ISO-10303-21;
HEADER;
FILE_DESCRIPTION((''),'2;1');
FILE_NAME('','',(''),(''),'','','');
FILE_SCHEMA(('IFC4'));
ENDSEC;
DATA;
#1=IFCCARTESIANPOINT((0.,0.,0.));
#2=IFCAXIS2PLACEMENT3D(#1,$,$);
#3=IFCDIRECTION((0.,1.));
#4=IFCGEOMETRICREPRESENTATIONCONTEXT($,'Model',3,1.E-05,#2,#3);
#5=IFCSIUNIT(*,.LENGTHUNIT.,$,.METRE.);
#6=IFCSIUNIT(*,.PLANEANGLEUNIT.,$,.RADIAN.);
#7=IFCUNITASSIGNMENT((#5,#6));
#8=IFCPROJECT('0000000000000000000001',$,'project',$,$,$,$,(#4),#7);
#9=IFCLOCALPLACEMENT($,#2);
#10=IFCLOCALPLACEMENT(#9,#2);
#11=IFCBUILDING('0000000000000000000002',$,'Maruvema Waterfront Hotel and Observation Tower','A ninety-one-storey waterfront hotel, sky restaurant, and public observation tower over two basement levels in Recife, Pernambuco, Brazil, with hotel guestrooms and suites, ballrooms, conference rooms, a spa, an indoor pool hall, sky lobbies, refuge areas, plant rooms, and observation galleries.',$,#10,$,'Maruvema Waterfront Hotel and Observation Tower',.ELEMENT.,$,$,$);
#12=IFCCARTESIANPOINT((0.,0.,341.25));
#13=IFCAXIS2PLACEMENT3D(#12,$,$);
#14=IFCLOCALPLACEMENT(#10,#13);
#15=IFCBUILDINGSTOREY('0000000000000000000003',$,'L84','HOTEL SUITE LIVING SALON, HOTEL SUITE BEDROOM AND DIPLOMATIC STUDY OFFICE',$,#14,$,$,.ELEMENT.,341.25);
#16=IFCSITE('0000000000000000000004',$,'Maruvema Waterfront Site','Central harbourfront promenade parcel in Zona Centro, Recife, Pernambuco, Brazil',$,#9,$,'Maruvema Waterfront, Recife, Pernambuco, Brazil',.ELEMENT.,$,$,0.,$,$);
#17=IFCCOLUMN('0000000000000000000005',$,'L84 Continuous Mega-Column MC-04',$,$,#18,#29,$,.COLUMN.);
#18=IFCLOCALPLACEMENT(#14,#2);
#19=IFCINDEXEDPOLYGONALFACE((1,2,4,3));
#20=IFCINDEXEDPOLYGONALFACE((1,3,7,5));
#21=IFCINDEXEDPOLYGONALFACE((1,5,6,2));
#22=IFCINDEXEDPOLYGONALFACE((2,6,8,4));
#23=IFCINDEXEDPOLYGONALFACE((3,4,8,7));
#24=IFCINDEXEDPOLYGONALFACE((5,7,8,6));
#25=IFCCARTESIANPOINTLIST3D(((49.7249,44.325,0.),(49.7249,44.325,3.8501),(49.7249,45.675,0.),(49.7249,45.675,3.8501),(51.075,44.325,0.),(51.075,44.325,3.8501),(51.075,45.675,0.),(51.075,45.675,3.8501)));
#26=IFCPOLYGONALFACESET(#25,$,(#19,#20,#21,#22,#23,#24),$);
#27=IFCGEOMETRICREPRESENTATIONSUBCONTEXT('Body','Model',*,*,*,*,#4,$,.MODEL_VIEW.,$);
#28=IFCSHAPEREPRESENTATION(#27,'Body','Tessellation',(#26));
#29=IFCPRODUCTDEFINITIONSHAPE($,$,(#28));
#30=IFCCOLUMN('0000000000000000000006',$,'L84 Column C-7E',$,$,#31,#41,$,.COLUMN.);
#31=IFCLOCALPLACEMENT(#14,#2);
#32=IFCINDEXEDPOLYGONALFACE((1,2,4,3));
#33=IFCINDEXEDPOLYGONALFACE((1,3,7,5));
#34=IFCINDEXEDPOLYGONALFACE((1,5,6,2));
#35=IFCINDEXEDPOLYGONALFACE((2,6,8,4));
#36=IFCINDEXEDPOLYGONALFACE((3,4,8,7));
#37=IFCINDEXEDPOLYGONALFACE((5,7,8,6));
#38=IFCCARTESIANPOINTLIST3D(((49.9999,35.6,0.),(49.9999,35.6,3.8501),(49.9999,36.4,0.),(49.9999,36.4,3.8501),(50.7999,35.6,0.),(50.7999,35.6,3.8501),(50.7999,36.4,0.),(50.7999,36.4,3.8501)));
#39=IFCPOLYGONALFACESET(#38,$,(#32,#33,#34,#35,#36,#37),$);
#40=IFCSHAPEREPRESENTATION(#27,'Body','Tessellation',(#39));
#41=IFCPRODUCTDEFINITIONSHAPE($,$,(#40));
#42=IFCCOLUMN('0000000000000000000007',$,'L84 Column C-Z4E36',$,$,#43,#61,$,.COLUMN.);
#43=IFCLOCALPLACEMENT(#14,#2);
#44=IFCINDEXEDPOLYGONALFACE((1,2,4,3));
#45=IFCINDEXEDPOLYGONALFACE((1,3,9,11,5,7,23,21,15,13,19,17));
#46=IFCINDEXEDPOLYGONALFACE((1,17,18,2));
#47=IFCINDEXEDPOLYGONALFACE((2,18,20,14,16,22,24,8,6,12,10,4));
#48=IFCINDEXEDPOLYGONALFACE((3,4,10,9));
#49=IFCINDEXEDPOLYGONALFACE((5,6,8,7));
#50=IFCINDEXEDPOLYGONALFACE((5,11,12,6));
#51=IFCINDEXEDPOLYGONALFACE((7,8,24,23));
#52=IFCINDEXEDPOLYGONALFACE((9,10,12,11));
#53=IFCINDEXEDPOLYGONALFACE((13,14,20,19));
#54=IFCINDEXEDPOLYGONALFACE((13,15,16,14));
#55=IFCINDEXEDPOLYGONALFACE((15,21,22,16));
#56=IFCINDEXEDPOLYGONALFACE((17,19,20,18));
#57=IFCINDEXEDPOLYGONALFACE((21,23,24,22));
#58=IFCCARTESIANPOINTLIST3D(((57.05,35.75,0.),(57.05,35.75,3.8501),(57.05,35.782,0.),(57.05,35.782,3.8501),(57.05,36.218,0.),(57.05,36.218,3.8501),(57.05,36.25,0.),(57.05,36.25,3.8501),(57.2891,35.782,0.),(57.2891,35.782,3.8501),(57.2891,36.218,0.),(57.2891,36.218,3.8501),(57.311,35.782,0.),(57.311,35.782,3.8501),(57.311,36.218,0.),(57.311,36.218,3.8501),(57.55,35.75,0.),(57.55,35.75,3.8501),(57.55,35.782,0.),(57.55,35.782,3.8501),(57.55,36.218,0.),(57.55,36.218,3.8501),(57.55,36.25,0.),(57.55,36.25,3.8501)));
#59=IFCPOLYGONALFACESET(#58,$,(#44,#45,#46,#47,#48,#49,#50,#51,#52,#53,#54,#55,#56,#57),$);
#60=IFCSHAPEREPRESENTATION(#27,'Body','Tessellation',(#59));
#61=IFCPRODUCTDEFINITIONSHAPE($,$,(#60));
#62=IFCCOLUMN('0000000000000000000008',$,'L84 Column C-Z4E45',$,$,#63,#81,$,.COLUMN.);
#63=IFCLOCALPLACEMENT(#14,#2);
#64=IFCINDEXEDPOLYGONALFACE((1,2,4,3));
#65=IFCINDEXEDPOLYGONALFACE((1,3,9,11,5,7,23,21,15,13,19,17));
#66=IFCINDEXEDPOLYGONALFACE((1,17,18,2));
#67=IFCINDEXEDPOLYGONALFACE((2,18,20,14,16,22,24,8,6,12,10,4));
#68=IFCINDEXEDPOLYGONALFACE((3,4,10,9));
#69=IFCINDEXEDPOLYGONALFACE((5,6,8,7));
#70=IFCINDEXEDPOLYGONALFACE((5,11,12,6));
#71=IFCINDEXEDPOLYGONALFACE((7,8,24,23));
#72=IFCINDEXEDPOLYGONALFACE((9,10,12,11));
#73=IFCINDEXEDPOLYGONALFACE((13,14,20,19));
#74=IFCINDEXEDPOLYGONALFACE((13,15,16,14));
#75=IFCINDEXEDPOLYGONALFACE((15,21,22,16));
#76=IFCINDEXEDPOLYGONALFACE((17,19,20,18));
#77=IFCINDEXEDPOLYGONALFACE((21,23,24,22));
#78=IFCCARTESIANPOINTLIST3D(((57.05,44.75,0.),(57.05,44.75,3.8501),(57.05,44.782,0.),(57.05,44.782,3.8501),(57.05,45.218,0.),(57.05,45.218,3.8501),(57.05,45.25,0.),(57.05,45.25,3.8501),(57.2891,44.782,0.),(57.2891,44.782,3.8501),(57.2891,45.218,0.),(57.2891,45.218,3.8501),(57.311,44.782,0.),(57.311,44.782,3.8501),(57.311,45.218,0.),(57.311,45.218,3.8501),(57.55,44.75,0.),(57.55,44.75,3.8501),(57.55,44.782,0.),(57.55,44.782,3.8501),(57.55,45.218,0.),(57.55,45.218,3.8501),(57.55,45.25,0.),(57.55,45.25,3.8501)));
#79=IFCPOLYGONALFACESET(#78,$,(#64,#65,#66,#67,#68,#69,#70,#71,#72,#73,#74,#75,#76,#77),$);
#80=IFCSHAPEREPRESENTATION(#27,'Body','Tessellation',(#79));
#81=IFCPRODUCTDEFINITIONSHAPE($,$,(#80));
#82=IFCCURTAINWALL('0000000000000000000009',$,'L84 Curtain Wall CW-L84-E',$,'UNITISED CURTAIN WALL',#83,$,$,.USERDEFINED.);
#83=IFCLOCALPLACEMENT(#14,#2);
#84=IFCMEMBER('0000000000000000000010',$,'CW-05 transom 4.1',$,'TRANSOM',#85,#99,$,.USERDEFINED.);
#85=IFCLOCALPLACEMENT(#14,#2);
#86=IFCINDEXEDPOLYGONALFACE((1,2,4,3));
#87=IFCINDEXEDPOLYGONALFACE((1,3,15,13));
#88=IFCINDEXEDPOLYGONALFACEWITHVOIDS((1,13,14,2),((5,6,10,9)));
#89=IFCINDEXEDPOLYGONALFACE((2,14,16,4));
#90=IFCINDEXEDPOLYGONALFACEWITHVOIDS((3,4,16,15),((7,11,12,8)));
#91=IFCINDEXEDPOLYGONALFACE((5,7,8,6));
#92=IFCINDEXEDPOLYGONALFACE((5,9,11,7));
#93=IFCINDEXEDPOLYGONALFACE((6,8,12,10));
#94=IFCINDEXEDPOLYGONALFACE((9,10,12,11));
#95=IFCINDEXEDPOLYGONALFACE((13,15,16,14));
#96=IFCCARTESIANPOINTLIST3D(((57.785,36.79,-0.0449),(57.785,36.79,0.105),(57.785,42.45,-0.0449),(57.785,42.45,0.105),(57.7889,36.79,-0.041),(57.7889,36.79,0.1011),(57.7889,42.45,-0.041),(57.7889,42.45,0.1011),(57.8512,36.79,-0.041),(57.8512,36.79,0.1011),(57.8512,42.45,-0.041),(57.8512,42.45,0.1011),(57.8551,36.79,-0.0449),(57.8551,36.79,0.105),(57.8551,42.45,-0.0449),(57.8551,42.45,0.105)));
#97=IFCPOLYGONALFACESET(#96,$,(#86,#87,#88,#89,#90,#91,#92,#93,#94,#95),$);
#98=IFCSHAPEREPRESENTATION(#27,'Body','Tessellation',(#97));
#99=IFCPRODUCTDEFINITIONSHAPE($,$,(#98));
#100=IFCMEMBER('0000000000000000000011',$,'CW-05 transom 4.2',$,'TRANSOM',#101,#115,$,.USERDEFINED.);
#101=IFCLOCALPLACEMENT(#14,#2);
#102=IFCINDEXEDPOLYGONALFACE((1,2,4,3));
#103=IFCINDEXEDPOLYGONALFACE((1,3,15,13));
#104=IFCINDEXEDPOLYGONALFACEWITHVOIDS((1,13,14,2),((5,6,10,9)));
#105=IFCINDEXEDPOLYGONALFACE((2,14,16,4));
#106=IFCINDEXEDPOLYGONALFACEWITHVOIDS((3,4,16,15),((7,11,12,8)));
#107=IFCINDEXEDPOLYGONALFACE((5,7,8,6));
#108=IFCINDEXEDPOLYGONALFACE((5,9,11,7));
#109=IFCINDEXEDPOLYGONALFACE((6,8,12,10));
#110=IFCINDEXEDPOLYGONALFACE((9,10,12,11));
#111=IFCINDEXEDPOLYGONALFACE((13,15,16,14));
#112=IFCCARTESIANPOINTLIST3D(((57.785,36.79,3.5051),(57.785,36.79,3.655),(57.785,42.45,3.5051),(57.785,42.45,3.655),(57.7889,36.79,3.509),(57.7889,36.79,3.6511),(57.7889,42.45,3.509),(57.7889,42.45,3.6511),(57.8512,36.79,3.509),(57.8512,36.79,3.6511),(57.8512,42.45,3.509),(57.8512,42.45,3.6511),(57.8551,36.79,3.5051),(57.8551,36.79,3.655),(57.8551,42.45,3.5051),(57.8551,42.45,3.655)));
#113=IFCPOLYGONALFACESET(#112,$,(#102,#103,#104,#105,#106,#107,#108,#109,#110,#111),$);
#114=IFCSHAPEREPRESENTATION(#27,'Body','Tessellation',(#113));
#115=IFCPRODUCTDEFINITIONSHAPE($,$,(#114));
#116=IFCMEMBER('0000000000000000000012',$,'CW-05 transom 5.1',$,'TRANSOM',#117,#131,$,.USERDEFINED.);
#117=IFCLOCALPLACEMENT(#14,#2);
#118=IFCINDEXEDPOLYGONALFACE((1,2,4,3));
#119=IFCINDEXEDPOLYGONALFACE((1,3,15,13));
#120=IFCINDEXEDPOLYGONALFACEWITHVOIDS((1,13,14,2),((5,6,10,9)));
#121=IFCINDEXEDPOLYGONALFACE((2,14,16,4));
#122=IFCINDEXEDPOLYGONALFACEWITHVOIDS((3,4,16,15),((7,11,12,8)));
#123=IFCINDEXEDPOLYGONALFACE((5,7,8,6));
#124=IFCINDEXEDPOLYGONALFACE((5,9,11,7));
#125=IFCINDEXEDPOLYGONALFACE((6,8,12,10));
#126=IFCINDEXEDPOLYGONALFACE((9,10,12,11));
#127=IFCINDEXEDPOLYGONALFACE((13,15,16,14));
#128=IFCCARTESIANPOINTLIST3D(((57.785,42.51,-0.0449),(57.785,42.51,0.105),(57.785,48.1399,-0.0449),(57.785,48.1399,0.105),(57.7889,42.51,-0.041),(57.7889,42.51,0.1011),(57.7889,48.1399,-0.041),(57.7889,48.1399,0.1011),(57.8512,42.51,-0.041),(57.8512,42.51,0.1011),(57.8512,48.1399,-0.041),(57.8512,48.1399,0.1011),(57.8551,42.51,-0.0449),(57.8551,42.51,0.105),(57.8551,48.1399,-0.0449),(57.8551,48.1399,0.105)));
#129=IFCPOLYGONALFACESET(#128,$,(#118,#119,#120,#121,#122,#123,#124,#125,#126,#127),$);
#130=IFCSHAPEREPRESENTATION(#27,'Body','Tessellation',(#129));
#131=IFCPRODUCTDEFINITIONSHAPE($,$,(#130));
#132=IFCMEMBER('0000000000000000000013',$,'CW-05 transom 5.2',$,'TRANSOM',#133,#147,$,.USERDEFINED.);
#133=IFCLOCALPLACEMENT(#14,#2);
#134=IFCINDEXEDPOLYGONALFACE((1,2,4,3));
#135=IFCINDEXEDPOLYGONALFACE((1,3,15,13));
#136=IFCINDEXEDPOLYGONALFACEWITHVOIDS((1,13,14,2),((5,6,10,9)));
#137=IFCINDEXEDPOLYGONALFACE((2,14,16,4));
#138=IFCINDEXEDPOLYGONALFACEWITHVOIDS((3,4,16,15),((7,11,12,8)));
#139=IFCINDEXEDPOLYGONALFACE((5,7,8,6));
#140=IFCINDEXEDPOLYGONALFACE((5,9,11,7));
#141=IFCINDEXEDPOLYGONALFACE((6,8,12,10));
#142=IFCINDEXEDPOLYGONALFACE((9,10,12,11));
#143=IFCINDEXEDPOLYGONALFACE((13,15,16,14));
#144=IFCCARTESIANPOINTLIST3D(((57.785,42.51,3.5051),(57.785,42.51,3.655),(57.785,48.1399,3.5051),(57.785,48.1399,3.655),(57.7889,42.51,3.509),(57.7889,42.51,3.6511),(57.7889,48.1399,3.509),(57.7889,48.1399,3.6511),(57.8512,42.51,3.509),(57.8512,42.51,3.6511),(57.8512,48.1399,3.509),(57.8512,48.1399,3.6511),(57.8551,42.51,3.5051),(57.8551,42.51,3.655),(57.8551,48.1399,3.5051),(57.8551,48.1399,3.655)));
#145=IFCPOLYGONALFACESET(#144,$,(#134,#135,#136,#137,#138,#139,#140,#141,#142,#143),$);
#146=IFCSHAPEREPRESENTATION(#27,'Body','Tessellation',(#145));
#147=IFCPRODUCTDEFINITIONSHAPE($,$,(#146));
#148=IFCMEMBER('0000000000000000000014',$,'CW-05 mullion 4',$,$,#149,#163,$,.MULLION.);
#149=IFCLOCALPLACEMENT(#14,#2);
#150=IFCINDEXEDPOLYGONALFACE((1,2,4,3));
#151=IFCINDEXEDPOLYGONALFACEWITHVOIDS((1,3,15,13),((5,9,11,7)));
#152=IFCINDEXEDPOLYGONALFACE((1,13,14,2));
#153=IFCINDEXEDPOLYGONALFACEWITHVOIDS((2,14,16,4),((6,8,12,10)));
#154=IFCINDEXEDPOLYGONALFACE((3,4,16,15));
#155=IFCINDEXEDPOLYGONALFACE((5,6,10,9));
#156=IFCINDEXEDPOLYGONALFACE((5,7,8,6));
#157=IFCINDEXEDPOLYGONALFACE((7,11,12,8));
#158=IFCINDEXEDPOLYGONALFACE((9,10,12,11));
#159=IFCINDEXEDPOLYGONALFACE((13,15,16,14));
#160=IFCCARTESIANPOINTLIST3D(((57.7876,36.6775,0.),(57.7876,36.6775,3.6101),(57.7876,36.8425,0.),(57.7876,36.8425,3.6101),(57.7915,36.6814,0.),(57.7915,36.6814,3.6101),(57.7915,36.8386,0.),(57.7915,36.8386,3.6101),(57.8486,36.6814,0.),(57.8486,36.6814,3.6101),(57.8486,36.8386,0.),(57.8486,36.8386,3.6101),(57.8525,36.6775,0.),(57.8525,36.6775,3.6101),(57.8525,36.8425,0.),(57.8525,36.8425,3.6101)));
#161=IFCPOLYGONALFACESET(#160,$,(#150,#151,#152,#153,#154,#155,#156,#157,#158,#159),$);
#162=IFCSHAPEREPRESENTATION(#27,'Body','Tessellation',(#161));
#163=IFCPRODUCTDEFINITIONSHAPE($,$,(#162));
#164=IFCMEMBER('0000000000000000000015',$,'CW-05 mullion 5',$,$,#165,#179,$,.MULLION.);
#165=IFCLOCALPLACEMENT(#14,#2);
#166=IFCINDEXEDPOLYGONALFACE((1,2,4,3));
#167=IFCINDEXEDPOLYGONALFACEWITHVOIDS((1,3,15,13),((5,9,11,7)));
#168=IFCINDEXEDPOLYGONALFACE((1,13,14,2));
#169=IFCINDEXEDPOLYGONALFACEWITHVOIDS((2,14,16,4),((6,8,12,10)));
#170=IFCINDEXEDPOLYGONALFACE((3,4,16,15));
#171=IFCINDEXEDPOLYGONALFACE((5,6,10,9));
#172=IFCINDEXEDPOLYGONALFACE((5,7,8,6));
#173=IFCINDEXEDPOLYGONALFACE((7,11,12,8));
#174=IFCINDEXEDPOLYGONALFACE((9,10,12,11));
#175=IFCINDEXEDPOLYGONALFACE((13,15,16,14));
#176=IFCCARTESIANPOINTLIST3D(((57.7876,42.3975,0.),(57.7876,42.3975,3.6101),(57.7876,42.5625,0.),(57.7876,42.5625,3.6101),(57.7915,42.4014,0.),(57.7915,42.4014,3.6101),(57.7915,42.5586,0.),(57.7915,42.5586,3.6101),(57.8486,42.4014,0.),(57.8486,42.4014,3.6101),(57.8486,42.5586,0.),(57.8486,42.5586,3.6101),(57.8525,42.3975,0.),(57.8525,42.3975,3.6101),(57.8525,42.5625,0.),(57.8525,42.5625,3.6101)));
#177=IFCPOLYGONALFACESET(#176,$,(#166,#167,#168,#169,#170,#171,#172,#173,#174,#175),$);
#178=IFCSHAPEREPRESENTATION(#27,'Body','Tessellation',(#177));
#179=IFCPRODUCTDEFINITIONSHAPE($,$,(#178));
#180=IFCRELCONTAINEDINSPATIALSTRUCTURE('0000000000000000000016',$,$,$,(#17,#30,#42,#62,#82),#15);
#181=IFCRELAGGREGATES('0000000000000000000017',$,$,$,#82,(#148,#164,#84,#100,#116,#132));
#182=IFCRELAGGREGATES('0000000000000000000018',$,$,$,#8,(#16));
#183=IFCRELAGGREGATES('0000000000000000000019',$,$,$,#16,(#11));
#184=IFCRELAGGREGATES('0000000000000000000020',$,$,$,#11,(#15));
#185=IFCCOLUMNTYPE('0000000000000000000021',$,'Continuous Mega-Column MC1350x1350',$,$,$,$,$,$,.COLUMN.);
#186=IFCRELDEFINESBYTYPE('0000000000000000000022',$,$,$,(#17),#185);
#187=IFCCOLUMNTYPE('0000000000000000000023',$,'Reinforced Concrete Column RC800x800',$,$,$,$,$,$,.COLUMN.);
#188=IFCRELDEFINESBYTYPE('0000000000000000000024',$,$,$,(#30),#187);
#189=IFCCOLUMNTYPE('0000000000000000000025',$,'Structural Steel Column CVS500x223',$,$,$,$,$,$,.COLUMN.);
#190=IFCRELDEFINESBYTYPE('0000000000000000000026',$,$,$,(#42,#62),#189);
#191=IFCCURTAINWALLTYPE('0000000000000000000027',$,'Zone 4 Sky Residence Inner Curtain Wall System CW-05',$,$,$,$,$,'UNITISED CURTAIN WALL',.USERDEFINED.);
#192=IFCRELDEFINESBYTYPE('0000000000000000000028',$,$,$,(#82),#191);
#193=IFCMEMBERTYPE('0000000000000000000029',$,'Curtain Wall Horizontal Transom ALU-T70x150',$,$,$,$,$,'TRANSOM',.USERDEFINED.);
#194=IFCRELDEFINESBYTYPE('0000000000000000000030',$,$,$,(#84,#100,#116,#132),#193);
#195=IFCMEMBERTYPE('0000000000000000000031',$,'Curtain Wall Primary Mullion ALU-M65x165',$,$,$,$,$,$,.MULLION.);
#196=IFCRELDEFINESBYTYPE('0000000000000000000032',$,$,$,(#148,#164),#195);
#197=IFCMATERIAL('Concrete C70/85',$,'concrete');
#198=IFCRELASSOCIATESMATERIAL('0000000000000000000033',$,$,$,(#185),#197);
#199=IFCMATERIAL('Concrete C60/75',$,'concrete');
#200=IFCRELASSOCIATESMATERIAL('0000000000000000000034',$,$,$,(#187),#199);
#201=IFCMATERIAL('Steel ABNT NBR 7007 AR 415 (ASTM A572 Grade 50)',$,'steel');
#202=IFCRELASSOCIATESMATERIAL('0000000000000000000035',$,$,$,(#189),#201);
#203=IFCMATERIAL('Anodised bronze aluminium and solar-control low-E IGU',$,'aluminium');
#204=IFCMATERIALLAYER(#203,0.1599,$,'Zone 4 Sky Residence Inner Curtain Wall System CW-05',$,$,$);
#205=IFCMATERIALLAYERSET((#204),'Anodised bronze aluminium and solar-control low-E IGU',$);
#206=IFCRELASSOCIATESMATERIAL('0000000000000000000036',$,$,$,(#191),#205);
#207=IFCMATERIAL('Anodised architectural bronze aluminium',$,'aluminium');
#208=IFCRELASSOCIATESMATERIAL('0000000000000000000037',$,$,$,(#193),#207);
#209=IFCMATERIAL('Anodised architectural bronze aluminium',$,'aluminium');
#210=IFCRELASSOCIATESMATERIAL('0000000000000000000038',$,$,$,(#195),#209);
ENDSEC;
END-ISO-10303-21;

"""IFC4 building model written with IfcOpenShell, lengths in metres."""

from ifc_helpers import new_model, si_unit, direction, frame, origin, origin_2d, place, context, subcontext, project, spatial, rectangle, hollow_rectangle, i_section, extrude, material, layer, layer_set, material_profile, profile_set, type_object, element, aggregate, save


model = new_model("IFC4")

# Units and contexts
model_context = context("Model", 3, precision=1e-05, world=origin(), true_north=direction((0.0, 1.0)))
body_context = subcontext(model_context, "Body", "Model", "MODEL_VIEW")
ifc_project = project(units=[si_unit("LENGTHUNIT", "METRE"), si_unit("PLANEANGLEUNIT", "RADIAN")], contexts=[model_context])

# Site, building, storey
site_placement = place(None, origin())
site = spatial("IfcSite", under=ifc_project, at=site_placement, Name="Maruvema Waterfront Site", Description="Central harbourfront promenade parcel in Zona Centro, Recife, Pernambuco, Brazil", LongName="Maruvema Waterfront, Recife, Pernambuco, Brazil", CompositionType="ELEMENT", RefElevation=0.0)
building_placement = place(site_placement, origin())
building = spatial("IfcBuilding", under=site, at=building_placement, Name="Maruvema Waterfront Hotel and Observation Tower", Description="A ninety-one-storey waterfront hotel, sky restaurant, and public observation tower over two basement levels in Recife, Pernambuco, Brazil, with hotel guestrooms and suites, ballrooms, conference rooms, a spa, an indoor pool hall, sky lobbies, refuge areas, plant rooms, and observation galleries.", LongName="Maruvema Waterfront Hotel and Observation Tower", CompositionType="ELEMENT")
storey_placement = place(building_placement, frame((0.0, 0.0, 341.25)))
storey = spatial("IfcBuildingStorey", under=building, at=storey_placement, Name="L84", Description="HOTEL SUITE LIVING SALON, HOTEL SUITE BEDROOM AND DIPLOMATIC STUDY OFFICE", CompositionType="ELEMENT", Elevation=341.25)

# Columns
ifc_material_1 = material(Name="Concrete C70/85", Category="concrete")
ifc_material_profile_1 = material_profile(ifc_material_1, rectangle(XDim=1.3501, YDim=1.3501, at=origin_2d()), Name="MC1350x1350")
ifc_profile_set_1 = profile_set([ifc_material_profile_1], Name="Concrete C70/85")
column_type_1 = type_object("IfcColumnType", Name="Continuous Mega-Column MC1350x1350", PredefinedType="COLUMN", material=ifc_profile_set_1)
column_1_placement = place(storey_placement, frame((50.3999, 45.0, 0.0), z_axis=(0.0, 0.0, 1.0), x_axis=(1.0, 0.0, 0.0)))
element("IfcColumn", 1, at=column_1_placement, inside=storey, type_object=column_type_1, Name="L84 Continuous Mega-Column MC-04", PredefinedType="COLUMN", context=body_context, shape_type="SweptSolid", body=[
    extrude(rectangle(XDim=1.3501, YDim=1.3501, at=origin_2d()), origin(), (0.0, 0.0, 1.0), 3.8501),
])
ifc_material_2 = material(Name="Concrete C60/75", Category="concrete")
ifc_material_profile_2 = material_profile(ifc_material_2, rectangle(XDim=0.8, YDim=0.8, at=origin_2d()), Name="RC800x800")
ifc_profile_set_2 = profile_set([ifc_material_profile_2], Name="Concrete C60/75")
column_type_2 = type_object("IfcColumnType", Name="Reinforced Concrete Column RC800x800", PredefinedType="COLUMN", material=ifc_profile_set_2)
column_2_placement = place(storey_placement, frame((50.3999, 36.0, 0.0), z_axis=(0.0, 0.0, 1.0), x_axis=(1.0, 0.0, 0.0)))
element("IfcColumn", 2, at=column_2_placement, inside=storey, type_object=column_type_2, Name="L84 Column C-7E", PredefinedType="COLUMN", context=body_context, shape_type="SweptSolid", body=[
    extrude(rectangle(XDim=0.8, YDim=0.8, at=origin_2d()), origin(), (0.0, 0.0, 1.0), 3.8501),
])
ifc_material_3 = material(Name="Steel ABNT NBR 7007 AR 415 (ASTM A572 Grade 50)", Category="steel")
ifc_material_profile_3 = material_profile(ifc_material_3, i_section(OverallWidth=0.5, OverallDepth=0.5, WebThickness=0.022, FlangeThickness=0.032, at=origin_2d()), Name="CVS500x223")
ifc_profile_set_3 = profile_set([ifc_material_profile_3], Name="Steel ABNT NBR 7007 AR 415 (ASTM A572 Grade 50)")
column_type_3 = type_object("IfcColumnType", Name="Structural Steel Column CVS500x223", PredefinedType="COLUMN", material=ifc_profile_set_3)
for number, where, z_axis, x_axis, name in (
    (3, (57.3, 36.0, 0.0), (0.0, 0.0, 1.0), (1.0, 0.0, 0.0), "L84 Column C-Z4E36"),
    (4, (57.3, 45.0, 0.0), (0.0, 0.0, 1.0), (1.0, 0.0, 0.0), "L84 Column C-Z4E45"),
):
    element("IfcColumn", number, at=place(storey_placement, frame(where, z_axis=z_axis, x_axis=x_axis)), inside=storey, type_object=column_type_3, Name=name, PredefinedType="COLUMN", context=body_context, shape_type="SweptSolid", body=[
        extrude(i_section(OverallWidth=0.5, OverallDepth=0.5, WebThickness=0.022, FlangeThickness=0.032, at=origin_2d()), origin(), (0.0, 0.0, 1.0), 3.8501),
    ])

# Curtain wall, members
ifc_material_4 = material(Name="Anodised bronze aluminium and solar-control low-E IGU", Category="aluminium")
ifc_layer_1 = layer(ifc_material_4, 0.1599, Name="Zone 4 Sky Residence Inner Curtain Wall System CW-05")
ifc_layer_set_1 = layer_set([ifc_layer_1], Name="Anodised bronze aluminium and solar-control low-E IGU")
curtain_wall_type = type_object("IfcCurtainWallType", Name="Zone 4 Sky Residence Inner Curtain Wall System CW-05", ElementType="UNITISED CURTAIN WALL", PredefinedType="USERDEFINED", material=ifc_layer_set_1)
curtain_wall_placement = place(storey_placement, origin())
curtain_wall = element("IfcCurtainWall", 5, at=curtain_wall_placement, inside=storey, type_object=curtain_wall_type, Name="L84 Curtain Wall CW-L84-E", ObjectType="UNITISED CURTAIN WALL", PredefinedType="USERDEFINED")
ifc_material_5 = material(Name="Anodised architectural bronze aluminium", Category="aluminium")
ifc_material_profile_4 = material_profile(ifc_material_5, hollow_rectangle(XDim=0.0701, YDim=0.1499, WallThickness=0.0039, at=origin_2d()), Name="ALU-T70x150")
ifc_profile_set_4 = profile_set([ifc_material_profile_4], Name="Anodised architectural bronze aluminium")
member_type_1 = type_object("IfcMemberType", Name="Curtain Wall Horizontal Transom ALU-T70x150", ElementType="TRANSOM", PredefinedType="USERDEFINED", material=ifc_profile_set_4)
member_1_placement = place(storey_placement, frame((57.8201, 36.79, 0.03), z_axis=(0.0, 1.0, 0.0), x_axis=(-1.0, 0.0, 0.0)))
member_1 = element("IfcMember", 6, at=member_1_placement, type_object=member_type_1, Name="CW-05 transom 4.1", ObjectType="TRANSOM", PredefinedType="USERDEFINED", context=body_context, shape_type="SweptSolid", body=[
    extrude(hollow_rectangle(XDim=0.0701, YDim=0.1499, WallThickness=0.0039, at=origin_2d()), origin(), (0.0, 0.0, 1.0), 5.6599),
])
member_2_placement = place(storey_placement, frame((57.8201, 36.79, 3.5801), z_axis=(0.0, 1.0, 0.0), x_axis=(-1.0, 0.0, 0.0)))
member_2 = element("IfcMember", 7, at=member_2_placement, type_object=member_type_1, Name="CW-05 transom 4.2", ObjectType="TRANSOM", PredefinedType="USERDEFINED", context=body_context, shape_type="SweptSolid", body=[
    extrude(hollow_rectangle(XDim=0.0701, YDim=0.1499, WallThickness=0.0039, at=origin_2d()), origin(), (0.0, 0.0, 1.0), 5.6599),
])
member_3_placement = place(storey_placement, frame((57.8201, 42.51, 0.03), z_axis=(0.0, 1.0, 0.0), x_axis=(-1.0, 0.0, 0.0)))
member_3 = element("IfcMember", 8, at=member_3_placement, type_object=member_type_1, Name="CW-05 transom 5.1", ObjectType="TRANSOM", PredefinedType="USERDEFINED", context=body_context, shape_type="SweptSolid", body=[
    extrude(hollow_rectangle(XDim=0.0701, YDim=0.1499, WallThickness=0.0039, at=origin_2d()), origin(), (0.0, 0.0, 1.0), 5.6299),
])
member_4_placement = place(storey_placement, frame((57.8201, 42.51, 3.5801), z_axis=(0.0, 1.0, 0.0), x_axis=(-1.0, 0.0, 0.0)))
member_4 = element("IfcMember", 9, at=member_4_placement, type_object=member_type_1, Name="CW-05 transom 5.2", ObjectType="TRANSOM", PredefinedType="USERDEFINED", context=body_context, shape_type="SweptSolid", body=[
    extrude(hollow_rectangle(XDim=0.0701, YDim=0.1499, WallThickness=0.0039, at=origin_2d()), origin(), (0.0, 0.0, 1.0), 5.6299),
])
ifc_material_6 = material(Name="Anodised architectural bronze aluminium", Category="aluminium")
ifc_material_profile_5 = material_profile(ifc_material_6, hollow_rectangle(XDim=0.0649, YDim=0.165, WallThickness=0.0039, at=origin_2d()), Name="ALU-M65x165")
ifc_profile_set_5 = profile_set([ifc_material_profile_5], Name="Anodised architectural bronze aluminium")
member_type_2 = type_object("IfcMemberType", Name="Curtain Wall Primary Mullion ALU-M65x165", PredefinedType="MULLION", material=ifc_profile_set_5)
member_5_placement = place(storey_placement, frame((57.8201, 36.76, 0.0), z_axis=(0.0, 0.0, 1.0), x_axis=(-1.0, 0.0, 0.0)))
member_5 = element("IfcMember", 10, at=member_5_placement, type_object=member_type_2, Name="CW-05 mullion 4", PredefinedType="MULLION", context=body_context, shape_type="SweptSolid", body=[
    extrude(hollow_rectangle(XDim=0.0649, YDim=0.165, WallThickness=0.0039, at=origin_2d()), origin(), (0.0, 0.0, 1.0), 3.6101),
])
member_6_placement = place(storey_placement, frame((57.8201, 42.48, 0.0), z_axis=(0.0, 0.0, 1.0), x_axis=(-1.0, 0.0, 0.0)))
member_6 = element("IfcMember", 11, at=member_6_placement, type_object=member_type_2, Name="CW-05 mullion 5", PredefinedType="MULLION", context=body_context, shape_type="SweptSolid", body=[
    extrude(hollow_rectangle(XDim=0.0649, YDim=0.165, WallThickness=0.0039, at=origin_2d()), origin(), (0.0, 0.0, 1.0), 3.6101),
])

aggregate(curtain_wall, [member_5, member_6, member_1, member_2, member_3, member_4])

save(model, "model.ifc")
